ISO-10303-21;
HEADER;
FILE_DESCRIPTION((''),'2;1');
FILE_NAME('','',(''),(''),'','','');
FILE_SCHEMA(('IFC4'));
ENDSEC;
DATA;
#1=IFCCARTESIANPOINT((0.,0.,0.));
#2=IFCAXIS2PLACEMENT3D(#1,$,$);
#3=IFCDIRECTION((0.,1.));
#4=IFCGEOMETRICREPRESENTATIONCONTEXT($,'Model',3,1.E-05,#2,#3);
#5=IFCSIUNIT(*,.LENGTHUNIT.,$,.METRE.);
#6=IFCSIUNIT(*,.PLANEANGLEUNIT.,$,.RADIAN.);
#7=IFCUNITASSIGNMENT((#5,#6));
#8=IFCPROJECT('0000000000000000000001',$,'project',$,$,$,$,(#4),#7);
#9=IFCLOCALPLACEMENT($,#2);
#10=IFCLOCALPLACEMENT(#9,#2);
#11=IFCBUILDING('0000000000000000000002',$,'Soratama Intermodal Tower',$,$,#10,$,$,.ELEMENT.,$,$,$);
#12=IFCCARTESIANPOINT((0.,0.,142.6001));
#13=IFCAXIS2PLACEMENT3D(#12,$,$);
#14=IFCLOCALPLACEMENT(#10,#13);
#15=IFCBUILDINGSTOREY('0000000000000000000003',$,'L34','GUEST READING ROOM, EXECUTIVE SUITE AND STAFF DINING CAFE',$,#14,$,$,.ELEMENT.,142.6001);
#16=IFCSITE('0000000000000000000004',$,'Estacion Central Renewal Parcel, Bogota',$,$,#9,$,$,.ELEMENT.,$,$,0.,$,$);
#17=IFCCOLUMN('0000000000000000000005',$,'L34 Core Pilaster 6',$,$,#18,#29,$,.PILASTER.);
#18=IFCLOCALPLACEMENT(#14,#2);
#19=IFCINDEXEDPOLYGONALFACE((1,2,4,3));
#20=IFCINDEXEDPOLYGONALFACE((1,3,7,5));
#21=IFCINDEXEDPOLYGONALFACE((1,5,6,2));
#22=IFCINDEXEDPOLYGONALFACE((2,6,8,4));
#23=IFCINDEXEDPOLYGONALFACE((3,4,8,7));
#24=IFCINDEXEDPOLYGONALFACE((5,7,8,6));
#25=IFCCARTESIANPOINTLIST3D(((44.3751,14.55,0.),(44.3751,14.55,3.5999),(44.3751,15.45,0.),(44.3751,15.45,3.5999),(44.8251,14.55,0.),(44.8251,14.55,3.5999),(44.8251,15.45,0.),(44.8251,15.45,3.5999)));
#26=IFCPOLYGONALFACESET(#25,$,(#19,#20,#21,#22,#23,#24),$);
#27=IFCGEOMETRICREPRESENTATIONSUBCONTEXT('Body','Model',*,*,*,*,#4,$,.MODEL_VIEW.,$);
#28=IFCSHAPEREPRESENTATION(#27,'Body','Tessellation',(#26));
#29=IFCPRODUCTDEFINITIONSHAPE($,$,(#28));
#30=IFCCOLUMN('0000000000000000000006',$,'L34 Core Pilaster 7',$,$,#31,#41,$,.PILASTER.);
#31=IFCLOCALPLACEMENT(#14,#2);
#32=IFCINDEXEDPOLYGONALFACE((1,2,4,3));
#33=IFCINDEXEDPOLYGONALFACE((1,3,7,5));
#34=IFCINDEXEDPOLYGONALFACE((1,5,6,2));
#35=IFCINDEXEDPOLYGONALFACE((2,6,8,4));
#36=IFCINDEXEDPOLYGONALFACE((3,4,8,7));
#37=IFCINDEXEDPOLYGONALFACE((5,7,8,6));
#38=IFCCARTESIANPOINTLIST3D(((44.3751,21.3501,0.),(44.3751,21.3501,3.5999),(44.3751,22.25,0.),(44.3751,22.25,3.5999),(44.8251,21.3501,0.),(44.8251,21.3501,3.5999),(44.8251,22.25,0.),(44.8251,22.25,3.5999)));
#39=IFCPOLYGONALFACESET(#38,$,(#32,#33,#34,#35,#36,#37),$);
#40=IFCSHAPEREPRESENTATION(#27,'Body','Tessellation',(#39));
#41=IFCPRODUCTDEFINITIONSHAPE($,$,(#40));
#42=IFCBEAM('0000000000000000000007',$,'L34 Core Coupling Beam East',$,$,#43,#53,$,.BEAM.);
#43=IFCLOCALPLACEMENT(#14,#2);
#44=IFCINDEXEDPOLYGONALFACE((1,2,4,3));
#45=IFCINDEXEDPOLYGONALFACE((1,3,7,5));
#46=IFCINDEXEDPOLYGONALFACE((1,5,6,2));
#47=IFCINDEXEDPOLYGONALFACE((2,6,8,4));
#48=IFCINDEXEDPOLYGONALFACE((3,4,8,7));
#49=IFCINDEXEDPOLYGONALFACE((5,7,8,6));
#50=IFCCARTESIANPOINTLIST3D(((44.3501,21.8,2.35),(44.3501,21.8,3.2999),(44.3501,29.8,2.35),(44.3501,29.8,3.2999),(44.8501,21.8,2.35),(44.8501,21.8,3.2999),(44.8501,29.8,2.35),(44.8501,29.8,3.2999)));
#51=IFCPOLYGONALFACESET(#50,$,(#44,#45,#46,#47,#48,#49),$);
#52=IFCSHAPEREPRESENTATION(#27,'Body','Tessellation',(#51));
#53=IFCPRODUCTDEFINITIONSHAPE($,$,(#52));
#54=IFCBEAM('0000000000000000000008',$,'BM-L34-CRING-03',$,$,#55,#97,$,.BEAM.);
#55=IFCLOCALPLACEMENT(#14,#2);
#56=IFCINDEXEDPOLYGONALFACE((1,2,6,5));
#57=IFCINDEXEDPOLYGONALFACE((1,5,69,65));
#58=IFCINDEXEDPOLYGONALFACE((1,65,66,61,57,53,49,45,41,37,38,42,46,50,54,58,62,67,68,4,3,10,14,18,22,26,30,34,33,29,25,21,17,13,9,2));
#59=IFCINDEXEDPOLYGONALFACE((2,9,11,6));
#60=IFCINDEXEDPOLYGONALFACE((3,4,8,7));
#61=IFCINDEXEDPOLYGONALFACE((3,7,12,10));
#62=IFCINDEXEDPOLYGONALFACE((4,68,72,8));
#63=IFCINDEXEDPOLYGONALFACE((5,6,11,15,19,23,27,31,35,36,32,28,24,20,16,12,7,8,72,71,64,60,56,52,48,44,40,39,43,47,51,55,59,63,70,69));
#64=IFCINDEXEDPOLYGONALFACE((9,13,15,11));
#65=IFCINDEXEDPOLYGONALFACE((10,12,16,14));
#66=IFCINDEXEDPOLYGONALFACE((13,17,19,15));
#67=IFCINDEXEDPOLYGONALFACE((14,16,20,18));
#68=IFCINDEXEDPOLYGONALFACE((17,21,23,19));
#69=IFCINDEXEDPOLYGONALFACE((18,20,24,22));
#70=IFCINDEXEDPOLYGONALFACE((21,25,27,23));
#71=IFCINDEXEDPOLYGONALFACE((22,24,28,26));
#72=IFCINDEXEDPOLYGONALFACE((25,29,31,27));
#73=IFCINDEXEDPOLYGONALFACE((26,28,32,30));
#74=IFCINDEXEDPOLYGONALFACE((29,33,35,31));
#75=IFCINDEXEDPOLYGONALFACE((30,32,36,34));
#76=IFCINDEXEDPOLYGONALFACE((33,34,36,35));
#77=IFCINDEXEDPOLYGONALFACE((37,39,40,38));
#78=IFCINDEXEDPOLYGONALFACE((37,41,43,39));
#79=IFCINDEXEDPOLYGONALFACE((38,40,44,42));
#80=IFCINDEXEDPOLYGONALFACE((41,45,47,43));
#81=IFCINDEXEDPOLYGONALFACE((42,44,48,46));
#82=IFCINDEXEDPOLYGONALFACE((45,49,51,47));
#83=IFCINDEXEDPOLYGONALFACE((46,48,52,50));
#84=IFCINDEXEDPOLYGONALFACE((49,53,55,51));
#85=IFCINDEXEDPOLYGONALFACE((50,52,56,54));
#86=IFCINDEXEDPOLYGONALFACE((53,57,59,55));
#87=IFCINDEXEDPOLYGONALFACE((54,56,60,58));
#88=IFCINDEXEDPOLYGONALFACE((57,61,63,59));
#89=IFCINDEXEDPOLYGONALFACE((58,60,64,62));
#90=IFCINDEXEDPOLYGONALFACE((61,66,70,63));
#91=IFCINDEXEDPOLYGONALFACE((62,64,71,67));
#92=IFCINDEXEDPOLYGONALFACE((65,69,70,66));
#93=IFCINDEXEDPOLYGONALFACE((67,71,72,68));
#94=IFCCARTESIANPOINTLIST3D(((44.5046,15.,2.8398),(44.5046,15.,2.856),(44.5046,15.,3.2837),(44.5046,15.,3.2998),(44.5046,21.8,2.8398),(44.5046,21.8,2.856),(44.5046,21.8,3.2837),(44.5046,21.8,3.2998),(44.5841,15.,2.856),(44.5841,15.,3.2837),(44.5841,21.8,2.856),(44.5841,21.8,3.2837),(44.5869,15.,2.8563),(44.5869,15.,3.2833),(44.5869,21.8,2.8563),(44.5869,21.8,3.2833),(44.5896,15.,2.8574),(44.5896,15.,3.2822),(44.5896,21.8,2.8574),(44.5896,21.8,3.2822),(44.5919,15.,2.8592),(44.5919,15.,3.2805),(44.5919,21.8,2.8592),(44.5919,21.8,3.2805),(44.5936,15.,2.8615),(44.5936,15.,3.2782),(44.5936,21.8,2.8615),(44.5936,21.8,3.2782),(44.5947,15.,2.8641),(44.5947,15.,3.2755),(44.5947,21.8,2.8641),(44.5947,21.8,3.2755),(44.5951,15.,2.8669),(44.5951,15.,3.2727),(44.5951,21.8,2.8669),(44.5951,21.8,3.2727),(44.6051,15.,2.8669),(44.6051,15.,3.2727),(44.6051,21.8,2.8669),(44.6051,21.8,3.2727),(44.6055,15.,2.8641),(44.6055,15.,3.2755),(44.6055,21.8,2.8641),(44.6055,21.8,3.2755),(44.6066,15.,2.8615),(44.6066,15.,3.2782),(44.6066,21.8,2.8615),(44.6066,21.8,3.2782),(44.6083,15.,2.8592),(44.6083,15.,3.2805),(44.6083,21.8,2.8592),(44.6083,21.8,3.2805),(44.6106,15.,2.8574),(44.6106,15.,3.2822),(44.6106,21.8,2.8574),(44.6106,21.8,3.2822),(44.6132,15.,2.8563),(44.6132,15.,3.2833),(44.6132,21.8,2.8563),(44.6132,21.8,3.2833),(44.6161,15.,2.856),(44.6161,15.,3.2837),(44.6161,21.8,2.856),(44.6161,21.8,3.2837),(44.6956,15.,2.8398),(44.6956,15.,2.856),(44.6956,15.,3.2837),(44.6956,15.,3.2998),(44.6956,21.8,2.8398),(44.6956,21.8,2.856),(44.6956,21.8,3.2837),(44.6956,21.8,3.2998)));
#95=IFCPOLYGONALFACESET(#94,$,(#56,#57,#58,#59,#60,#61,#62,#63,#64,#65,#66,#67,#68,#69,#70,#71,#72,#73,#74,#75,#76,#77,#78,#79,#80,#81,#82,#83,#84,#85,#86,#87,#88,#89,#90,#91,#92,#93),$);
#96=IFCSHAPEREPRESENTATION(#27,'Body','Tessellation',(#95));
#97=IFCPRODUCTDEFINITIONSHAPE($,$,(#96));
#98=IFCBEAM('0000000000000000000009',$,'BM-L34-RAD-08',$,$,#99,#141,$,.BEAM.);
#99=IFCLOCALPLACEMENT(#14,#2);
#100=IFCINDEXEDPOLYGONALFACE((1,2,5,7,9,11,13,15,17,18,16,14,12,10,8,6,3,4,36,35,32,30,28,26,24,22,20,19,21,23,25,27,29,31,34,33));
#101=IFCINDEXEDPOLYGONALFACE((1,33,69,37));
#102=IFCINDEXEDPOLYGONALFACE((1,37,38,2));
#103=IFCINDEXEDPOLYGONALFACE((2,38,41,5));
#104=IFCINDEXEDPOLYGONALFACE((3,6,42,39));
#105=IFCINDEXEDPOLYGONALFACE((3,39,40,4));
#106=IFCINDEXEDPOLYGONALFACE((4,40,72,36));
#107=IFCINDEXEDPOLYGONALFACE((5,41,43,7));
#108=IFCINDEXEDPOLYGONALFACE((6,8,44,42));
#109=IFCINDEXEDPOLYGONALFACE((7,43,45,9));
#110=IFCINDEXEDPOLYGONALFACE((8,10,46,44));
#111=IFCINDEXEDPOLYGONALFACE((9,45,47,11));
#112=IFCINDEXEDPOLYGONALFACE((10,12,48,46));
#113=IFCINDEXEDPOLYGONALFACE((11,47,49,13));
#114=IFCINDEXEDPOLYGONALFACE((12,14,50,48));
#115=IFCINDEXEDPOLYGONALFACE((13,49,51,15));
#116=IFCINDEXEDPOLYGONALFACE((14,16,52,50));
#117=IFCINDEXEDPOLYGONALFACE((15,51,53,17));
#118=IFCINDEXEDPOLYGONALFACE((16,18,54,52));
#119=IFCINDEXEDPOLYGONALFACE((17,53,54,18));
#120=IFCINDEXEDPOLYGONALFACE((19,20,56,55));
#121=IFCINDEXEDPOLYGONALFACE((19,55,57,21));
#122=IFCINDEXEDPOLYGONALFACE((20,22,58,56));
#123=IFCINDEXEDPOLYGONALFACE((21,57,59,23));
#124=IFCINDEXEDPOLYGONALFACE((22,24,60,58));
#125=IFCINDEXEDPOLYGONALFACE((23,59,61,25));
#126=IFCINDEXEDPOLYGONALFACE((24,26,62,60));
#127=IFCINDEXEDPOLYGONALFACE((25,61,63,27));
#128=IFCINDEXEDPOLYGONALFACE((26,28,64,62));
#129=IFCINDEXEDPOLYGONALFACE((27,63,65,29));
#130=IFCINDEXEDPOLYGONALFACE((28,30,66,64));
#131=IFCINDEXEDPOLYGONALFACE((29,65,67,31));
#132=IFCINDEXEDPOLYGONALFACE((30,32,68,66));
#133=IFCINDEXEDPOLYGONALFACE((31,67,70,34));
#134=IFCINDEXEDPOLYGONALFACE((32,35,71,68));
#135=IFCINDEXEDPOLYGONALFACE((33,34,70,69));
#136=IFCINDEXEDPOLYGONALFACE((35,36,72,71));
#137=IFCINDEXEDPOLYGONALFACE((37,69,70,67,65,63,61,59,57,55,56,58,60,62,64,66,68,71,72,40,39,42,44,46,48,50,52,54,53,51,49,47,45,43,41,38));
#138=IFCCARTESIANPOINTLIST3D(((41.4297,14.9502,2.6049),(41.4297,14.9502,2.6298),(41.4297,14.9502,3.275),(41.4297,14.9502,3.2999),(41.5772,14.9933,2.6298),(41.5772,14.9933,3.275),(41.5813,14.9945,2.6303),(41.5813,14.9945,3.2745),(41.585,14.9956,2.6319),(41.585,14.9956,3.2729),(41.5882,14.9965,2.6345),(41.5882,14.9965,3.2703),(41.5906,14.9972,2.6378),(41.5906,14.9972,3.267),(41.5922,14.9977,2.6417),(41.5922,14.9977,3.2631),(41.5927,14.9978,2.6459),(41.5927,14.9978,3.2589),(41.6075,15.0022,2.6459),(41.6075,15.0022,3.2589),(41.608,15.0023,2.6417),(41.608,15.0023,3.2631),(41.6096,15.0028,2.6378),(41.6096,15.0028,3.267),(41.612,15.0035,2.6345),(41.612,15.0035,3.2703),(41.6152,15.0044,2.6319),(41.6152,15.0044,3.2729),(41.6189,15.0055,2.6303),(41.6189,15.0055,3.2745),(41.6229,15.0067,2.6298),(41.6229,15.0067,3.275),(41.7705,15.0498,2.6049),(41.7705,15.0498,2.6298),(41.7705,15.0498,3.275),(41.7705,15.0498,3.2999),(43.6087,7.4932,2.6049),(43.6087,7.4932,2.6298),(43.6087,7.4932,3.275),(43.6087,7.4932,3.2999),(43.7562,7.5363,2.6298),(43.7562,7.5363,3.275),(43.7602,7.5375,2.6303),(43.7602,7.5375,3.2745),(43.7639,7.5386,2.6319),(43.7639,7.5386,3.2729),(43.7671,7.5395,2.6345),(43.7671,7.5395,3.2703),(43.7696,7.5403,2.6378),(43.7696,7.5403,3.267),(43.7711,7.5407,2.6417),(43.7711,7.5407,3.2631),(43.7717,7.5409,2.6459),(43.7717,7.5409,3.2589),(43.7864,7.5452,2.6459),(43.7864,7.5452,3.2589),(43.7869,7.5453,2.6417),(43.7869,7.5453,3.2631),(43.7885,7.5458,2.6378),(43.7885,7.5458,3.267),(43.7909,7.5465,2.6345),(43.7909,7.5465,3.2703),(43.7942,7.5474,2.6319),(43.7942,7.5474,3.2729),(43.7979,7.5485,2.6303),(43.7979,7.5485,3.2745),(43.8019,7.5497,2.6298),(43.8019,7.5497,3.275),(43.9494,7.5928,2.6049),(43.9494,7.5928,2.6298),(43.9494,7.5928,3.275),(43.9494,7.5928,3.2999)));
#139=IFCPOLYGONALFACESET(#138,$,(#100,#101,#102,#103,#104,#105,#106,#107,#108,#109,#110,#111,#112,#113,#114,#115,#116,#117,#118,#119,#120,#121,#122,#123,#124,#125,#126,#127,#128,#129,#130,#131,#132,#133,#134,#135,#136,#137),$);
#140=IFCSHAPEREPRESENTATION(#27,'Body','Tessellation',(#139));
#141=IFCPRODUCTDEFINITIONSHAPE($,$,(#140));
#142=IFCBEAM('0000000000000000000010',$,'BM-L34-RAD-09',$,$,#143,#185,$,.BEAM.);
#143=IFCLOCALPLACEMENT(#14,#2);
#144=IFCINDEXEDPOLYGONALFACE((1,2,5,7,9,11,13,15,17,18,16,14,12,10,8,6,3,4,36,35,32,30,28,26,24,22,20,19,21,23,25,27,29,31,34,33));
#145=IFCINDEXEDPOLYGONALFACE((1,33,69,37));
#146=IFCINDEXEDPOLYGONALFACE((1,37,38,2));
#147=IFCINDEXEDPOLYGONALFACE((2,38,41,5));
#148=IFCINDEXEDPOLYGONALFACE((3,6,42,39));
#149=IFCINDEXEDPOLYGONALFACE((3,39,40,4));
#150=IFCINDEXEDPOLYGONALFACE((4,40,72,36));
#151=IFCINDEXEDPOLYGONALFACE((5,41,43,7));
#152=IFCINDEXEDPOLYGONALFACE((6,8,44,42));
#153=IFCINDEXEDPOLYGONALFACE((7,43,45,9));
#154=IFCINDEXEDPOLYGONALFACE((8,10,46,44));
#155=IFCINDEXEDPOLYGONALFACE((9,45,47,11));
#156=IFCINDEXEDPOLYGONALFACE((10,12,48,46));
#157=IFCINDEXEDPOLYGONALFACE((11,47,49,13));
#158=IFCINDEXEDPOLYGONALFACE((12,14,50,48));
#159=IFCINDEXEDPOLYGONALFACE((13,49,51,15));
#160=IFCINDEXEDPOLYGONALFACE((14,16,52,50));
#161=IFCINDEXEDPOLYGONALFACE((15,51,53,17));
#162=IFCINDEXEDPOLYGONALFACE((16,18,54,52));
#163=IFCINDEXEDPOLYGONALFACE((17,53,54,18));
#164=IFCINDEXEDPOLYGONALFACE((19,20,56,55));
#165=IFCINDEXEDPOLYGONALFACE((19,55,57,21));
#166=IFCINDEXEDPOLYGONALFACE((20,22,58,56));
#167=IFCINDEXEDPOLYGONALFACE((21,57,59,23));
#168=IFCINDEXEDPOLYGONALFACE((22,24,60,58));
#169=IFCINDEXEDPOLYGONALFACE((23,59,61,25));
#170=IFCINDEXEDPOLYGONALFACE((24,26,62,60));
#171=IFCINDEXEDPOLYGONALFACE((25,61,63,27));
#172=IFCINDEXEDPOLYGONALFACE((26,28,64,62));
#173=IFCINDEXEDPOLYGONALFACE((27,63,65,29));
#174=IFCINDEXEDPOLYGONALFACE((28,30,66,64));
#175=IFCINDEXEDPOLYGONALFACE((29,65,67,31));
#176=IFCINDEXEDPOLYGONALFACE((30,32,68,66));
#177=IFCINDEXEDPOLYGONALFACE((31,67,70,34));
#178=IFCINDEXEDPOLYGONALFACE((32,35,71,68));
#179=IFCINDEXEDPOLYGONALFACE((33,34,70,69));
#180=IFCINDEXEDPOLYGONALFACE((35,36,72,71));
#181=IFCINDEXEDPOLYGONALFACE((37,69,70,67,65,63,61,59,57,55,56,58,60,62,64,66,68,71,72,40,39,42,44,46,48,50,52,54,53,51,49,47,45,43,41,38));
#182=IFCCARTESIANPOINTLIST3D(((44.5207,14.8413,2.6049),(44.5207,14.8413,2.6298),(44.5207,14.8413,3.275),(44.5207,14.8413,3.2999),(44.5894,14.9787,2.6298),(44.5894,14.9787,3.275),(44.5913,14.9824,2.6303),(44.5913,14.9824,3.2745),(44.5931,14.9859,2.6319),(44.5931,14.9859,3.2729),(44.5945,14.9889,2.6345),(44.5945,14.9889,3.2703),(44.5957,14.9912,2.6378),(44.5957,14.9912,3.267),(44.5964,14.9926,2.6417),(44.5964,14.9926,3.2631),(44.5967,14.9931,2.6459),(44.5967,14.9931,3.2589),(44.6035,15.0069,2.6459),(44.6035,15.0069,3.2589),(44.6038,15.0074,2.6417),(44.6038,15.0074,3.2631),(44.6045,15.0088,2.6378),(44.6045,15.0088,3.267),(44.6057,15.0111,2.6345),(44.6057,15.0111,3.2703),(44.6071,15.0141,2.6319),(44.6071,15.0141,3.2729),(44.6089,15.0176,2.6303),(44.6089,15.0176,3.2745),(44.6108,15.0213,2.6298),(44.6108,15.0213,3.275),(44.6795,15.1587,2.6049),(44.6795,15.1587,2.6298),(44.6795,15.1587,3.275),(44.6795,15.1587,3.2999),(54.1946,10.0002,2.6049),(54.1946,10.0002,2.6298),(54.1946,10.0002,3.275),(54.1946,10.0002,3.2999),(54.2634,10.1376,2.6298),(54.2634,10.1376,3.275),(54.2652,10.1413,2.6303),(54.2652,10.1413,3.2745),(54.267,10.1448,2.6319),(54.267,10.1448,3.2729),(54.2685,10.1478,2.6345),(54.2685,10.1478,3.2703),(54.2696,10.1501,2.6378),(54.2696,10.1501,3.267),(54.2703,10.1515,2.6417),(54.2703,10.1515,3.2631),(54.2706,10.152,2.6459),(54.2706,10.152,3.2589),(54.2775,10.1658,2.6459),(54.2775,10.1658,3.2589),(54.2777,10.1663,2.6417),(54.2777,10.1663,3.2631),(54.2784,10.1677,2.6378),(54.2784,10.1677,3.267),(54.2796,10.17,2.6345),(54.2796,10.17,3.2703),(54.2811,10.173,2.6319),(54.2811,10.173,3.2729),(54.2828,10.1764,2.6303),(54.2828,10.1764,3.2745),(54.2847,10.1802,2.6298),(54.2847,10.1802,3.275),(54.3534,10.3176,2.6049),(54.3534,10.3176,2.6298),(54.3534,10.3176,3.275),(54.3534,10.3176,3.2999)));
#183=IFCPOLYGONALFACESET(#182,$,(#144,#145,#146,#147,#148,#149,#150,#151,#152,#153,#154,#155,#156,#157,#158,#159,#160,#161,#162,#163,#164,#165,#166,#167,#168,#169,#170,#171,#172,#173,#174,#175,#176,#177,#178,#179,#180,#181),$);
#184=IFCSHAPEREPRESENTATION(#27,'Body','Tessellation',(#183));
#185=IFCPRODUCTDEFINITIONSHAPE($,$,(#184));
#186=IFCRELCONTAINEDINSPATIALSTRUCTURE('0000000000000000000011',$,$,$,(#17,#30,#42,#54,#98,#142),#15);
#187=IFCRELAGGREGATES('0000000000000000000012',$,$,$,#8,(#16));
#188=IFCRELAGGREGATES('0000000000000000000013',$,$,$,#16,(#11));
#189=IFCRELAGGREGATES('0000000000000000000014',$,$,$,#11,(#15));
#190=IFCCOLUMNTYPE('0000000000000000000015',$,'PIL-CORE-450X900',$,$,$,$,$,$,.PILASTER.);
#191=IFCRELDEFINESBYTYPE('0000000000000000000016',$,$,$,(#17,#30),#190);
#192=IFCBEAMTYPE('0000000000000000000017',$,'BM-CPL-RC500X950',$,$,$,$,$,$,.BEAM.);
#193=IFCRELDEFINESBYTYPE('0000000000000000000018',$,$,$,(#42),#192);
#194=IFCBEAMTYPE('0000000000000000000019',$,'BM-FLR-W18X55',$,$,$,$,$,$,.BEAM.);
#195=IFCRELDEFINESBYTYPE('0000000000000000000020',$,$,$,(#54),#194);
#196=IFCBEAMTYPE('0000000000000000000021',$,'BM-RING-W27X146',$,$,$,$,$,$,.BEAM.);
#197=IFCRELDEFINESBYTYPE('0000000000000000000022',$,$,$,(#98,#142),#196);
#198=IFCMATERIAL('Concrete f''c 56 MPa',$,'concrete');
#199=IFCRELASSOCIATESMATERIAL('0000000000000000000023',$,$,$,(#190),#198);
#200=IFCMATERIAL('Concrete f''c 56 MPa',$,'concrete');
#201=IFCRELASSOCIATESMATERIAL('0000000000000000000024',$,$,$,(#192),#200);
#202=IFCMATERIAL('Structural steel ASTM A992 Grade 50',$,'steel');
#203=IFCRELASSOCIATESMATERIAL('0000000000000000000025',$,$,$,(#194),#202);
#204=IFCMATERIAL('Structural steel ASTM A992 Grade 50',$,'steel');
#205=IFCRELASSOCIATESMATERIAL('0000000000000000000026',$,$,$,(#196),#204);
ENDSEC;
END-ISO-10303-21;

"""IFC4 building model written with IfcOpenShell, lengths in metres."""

from ifc_helpers import new_model, si_unit, direction, frame, origin, origin_2d, place, context, subcontext, project, spatial, rectangle, i_section, extrude, material, material_profile, profile_set, type_object, element, save


model = new_model("IFC4")

# Units and contexts
model_context = context("Model", 3, precision=1e-05, world=origin(), true_north=direction((0.0, 1.0)))
body_context = subcontext(model_context, "Body", "Model", "MODEL_VIEW")
ifc_project = project(units=[si_unit("LENGTHUNIT", "METRE"), si_unit("PLANEANGLEUNIT", "RADIAN")], contexts=[model_context])

# Site, building, storey
site_placement = place(None, origin())
site = spatial("IfcSite", under=ifc_project, at=site_placement, Name="Estacion Central Renewal Parcel, Bogota", CompositionType="ELEMENT", RefElevation=0.0)
building_placement = place(site_placement, origin())
building = spatial("IfcBuilding", under=site, at=building_placement, Name="Soratama Intermodal Tower", CompositionType="ELEMENT")
storey_placement = place(building_placement, frame((0.0, 0.0, 142.6001)))
storey = spatial("IfcBuildingStorey", under=building, at=storey_placement, Name="L34", Description="GUEST READING ROOM, EXECUTIVE SUITE AND STAFF DINING CAFE", CompositionType="ELEMENT", Elevation=142.6001)

# Columns
ifc_material_1 = material(Name="Concrete f'c 56 MPa", Category="concrete")
ifc_material_profile_1 = material_profile(ifc_material_1, rectangle(XDim=0.45, YDim=0.8999, at=origin_2d()), Name="RC450X900")
ifc_profile_set_1 = profile_set([ifc_material_profile_1], Name="Concrete f'c 56 MPa")
column_type = type_object("IfcColumnType", Name="PIL-CORE-450X900", PredefinedType="PILASTER", material=ifc_profile_set_1)
for number, where, z_axis, x_axis, name in (
    (1, (44.6001, 15.0, 0.0), (0.0, 0.0, 1.0), (1.0, 0.0, 0.0), "L34 Core Pilaster 6"),
    (2, (44.6001, 21.8, 0.0), (0.0, 0.0, 1.0), (1.0, 0.0, 0.0), "L34 Core Pilaster 7"),
):
    element("IfcColumn", number, at=place(storey_placement, frame(where, z_axis=z_axis, x_axis=x_axis)), inside=storey, type_object=column_type, Name=name, PredefinedType="PILASTER", context=body_context, shape_type="SweptSolid", body=[
        extrude(rectangle(XDim=0.45, YDim=0.8999, at=origin_2d()), origin(), (0.0, 0.0, 1.0), 3.5999),
    ])

# Beams
ifc_material_2 = material(Name="Concrete f'c 56 MPa", Category="concrete")
ifc_material_profile_2 = material_profile(ifc_material_2, rectangle(XDim=0.5, YDim=0.95, at=origin_2d()), Name="RC500X950")
ifc_profile_set_2 = profile_set([ifc_material_profile_2], Name="Concrete f'c 56 MPa")
beam_type_1 = type_object("IfcBeamType", Name="BM-CPL-RC500X950", PredefinedType="BEAM", material=ifc_profile_set_2)
beam_1_placement = place(storey_placement, frame((44.6001, 21.8, 2.825), z_axis=(0.0, 1.0, 0.0), x_axis=(-1.0, 0.0, 0.0)))
element("IfcBeam", 3, at=beam_1_placement, inside=storey, type_object=beam_type_1, Name="L34 Core Coupling Beam East", PredefinedType="BEAM", context=body_context, shape_type="SweptSolid", body=[
    extrude(rectangle(XDim=0.5, YDim=0.95, at=origin_2d()), origin(), (0.0, 0.0, 1.0), 8.0),
])
ifc_material_3 = material(Name="Structural steel ASTM A992 Grade 50", Category="steel")
ifc_material_profile_3 = material_profile(ifc_material_3, i_section(OverallWidth=0.1909, OverallDepth=0.46, WebThickness=0.01, FlangeThickness=0.0161, FilletRadius=0.011, at=origin_2d()), Name="W18X55")
ifc_profile_set_3 = profile_set([ifc_material_profile_3], Name="Structural steel ASTM A992 Grade 50")
beam_type_2 = type_object("IfcBeamType", Name="BM-FLR-W18X55", PredefinedType="BEAM", material=ifc_profile_set_3)
beam_2_placement = place(storey_placement, frame((44.6001, 15.0, 3.0698), z_axis=(0.0, 1.0, 0.0), x_axis=(-1.0, 0.0, 0.0)))
element("IfcBeam", 4, at=beam_2_placement, inside=storey, type_object=beam_type_2, Name="BM-L34-CRING-03", PredefinedType="BEAM", context=body_context, shape_type="SweptSolid", body=[
    extrude(i_section(OverallWidth=0.1909, OverallDepth=0.46, WebThickness=0.01, FlangeThickness=0.0161, FilletRadius=0.011, at=origin_2d()), origin(), (0.0, 0.0, 1.0), 6.8),
])
ifc_material_4 = material(Name="Structural steel ASTM A992 Grade 50", Category="steel")
ifc_material_profile_4 = material_profile(ifc_material_4, i_section(OverallWidth=0.355, OverallDepth=0.6951, WebThickness=0.0154, FlangeThickness=0.0249, FilletRadius=0.0161, at=origin_2d()), Name="W27X146")
ifc_profile_set_4 = profile_set([ifc_material_profile_4], Name="Structural steel ASTM A992 Grade 50")
beam_type_3 = type_object("IfcBeamType", Name="BM-RING-W27X146", PredefinedType="BEAM", material=ifc_profile_set_4)
beam_3_placement = place(storey_placement, frame((41.6001, 15.0, 2.9524), z_axis=(0.280473, -0.959862, 0.0), x_axis=(0.959862, 0.280473, 0.0)))
element("IfcBeam", 5, at=beam_3_placement, inside=storey, type_object=beam_type_3, Name="BM-L34-RAD-08", PredefinedType="BEAM", context=body_context, shape_type="SweptSolid", body=[
    extrude(i_section(OverallWidth=0.355, OverallDepth=0.6951, WebThickness=0.0154, FlangeThickness=0.0249, FilletRadius=0.0161, at=origin_2d()), origin(), (0.0, 0.0, 1.0), 7.7688),
])
beam_4_placement = place(storey_placement, frame((44.6001, 15.0, 2.9524), z_axis=(0.894274, -0.447521, 0.0), x_axis=(0.447521, 0.894274, 0.0)))
element("IfcBeam", 6, at=beam_4_placement, inside=storey, type_object=beam_type_3, Name="BM-L34-RAD-09", PredefinedType="BEAM", context=body_context, shape_type="SweptSolid", body=[
    extrude(i_section(OverallWidth=0.355, OverallDepth=0.6951, WebThickness=0.0154, FlangeThickness=0.0249, FilletRadius=0.0161, at=origin_2d()), origin(), (0.0, 0.0, 1.0), 10.8176),
])

save(model, "model.ifc")
